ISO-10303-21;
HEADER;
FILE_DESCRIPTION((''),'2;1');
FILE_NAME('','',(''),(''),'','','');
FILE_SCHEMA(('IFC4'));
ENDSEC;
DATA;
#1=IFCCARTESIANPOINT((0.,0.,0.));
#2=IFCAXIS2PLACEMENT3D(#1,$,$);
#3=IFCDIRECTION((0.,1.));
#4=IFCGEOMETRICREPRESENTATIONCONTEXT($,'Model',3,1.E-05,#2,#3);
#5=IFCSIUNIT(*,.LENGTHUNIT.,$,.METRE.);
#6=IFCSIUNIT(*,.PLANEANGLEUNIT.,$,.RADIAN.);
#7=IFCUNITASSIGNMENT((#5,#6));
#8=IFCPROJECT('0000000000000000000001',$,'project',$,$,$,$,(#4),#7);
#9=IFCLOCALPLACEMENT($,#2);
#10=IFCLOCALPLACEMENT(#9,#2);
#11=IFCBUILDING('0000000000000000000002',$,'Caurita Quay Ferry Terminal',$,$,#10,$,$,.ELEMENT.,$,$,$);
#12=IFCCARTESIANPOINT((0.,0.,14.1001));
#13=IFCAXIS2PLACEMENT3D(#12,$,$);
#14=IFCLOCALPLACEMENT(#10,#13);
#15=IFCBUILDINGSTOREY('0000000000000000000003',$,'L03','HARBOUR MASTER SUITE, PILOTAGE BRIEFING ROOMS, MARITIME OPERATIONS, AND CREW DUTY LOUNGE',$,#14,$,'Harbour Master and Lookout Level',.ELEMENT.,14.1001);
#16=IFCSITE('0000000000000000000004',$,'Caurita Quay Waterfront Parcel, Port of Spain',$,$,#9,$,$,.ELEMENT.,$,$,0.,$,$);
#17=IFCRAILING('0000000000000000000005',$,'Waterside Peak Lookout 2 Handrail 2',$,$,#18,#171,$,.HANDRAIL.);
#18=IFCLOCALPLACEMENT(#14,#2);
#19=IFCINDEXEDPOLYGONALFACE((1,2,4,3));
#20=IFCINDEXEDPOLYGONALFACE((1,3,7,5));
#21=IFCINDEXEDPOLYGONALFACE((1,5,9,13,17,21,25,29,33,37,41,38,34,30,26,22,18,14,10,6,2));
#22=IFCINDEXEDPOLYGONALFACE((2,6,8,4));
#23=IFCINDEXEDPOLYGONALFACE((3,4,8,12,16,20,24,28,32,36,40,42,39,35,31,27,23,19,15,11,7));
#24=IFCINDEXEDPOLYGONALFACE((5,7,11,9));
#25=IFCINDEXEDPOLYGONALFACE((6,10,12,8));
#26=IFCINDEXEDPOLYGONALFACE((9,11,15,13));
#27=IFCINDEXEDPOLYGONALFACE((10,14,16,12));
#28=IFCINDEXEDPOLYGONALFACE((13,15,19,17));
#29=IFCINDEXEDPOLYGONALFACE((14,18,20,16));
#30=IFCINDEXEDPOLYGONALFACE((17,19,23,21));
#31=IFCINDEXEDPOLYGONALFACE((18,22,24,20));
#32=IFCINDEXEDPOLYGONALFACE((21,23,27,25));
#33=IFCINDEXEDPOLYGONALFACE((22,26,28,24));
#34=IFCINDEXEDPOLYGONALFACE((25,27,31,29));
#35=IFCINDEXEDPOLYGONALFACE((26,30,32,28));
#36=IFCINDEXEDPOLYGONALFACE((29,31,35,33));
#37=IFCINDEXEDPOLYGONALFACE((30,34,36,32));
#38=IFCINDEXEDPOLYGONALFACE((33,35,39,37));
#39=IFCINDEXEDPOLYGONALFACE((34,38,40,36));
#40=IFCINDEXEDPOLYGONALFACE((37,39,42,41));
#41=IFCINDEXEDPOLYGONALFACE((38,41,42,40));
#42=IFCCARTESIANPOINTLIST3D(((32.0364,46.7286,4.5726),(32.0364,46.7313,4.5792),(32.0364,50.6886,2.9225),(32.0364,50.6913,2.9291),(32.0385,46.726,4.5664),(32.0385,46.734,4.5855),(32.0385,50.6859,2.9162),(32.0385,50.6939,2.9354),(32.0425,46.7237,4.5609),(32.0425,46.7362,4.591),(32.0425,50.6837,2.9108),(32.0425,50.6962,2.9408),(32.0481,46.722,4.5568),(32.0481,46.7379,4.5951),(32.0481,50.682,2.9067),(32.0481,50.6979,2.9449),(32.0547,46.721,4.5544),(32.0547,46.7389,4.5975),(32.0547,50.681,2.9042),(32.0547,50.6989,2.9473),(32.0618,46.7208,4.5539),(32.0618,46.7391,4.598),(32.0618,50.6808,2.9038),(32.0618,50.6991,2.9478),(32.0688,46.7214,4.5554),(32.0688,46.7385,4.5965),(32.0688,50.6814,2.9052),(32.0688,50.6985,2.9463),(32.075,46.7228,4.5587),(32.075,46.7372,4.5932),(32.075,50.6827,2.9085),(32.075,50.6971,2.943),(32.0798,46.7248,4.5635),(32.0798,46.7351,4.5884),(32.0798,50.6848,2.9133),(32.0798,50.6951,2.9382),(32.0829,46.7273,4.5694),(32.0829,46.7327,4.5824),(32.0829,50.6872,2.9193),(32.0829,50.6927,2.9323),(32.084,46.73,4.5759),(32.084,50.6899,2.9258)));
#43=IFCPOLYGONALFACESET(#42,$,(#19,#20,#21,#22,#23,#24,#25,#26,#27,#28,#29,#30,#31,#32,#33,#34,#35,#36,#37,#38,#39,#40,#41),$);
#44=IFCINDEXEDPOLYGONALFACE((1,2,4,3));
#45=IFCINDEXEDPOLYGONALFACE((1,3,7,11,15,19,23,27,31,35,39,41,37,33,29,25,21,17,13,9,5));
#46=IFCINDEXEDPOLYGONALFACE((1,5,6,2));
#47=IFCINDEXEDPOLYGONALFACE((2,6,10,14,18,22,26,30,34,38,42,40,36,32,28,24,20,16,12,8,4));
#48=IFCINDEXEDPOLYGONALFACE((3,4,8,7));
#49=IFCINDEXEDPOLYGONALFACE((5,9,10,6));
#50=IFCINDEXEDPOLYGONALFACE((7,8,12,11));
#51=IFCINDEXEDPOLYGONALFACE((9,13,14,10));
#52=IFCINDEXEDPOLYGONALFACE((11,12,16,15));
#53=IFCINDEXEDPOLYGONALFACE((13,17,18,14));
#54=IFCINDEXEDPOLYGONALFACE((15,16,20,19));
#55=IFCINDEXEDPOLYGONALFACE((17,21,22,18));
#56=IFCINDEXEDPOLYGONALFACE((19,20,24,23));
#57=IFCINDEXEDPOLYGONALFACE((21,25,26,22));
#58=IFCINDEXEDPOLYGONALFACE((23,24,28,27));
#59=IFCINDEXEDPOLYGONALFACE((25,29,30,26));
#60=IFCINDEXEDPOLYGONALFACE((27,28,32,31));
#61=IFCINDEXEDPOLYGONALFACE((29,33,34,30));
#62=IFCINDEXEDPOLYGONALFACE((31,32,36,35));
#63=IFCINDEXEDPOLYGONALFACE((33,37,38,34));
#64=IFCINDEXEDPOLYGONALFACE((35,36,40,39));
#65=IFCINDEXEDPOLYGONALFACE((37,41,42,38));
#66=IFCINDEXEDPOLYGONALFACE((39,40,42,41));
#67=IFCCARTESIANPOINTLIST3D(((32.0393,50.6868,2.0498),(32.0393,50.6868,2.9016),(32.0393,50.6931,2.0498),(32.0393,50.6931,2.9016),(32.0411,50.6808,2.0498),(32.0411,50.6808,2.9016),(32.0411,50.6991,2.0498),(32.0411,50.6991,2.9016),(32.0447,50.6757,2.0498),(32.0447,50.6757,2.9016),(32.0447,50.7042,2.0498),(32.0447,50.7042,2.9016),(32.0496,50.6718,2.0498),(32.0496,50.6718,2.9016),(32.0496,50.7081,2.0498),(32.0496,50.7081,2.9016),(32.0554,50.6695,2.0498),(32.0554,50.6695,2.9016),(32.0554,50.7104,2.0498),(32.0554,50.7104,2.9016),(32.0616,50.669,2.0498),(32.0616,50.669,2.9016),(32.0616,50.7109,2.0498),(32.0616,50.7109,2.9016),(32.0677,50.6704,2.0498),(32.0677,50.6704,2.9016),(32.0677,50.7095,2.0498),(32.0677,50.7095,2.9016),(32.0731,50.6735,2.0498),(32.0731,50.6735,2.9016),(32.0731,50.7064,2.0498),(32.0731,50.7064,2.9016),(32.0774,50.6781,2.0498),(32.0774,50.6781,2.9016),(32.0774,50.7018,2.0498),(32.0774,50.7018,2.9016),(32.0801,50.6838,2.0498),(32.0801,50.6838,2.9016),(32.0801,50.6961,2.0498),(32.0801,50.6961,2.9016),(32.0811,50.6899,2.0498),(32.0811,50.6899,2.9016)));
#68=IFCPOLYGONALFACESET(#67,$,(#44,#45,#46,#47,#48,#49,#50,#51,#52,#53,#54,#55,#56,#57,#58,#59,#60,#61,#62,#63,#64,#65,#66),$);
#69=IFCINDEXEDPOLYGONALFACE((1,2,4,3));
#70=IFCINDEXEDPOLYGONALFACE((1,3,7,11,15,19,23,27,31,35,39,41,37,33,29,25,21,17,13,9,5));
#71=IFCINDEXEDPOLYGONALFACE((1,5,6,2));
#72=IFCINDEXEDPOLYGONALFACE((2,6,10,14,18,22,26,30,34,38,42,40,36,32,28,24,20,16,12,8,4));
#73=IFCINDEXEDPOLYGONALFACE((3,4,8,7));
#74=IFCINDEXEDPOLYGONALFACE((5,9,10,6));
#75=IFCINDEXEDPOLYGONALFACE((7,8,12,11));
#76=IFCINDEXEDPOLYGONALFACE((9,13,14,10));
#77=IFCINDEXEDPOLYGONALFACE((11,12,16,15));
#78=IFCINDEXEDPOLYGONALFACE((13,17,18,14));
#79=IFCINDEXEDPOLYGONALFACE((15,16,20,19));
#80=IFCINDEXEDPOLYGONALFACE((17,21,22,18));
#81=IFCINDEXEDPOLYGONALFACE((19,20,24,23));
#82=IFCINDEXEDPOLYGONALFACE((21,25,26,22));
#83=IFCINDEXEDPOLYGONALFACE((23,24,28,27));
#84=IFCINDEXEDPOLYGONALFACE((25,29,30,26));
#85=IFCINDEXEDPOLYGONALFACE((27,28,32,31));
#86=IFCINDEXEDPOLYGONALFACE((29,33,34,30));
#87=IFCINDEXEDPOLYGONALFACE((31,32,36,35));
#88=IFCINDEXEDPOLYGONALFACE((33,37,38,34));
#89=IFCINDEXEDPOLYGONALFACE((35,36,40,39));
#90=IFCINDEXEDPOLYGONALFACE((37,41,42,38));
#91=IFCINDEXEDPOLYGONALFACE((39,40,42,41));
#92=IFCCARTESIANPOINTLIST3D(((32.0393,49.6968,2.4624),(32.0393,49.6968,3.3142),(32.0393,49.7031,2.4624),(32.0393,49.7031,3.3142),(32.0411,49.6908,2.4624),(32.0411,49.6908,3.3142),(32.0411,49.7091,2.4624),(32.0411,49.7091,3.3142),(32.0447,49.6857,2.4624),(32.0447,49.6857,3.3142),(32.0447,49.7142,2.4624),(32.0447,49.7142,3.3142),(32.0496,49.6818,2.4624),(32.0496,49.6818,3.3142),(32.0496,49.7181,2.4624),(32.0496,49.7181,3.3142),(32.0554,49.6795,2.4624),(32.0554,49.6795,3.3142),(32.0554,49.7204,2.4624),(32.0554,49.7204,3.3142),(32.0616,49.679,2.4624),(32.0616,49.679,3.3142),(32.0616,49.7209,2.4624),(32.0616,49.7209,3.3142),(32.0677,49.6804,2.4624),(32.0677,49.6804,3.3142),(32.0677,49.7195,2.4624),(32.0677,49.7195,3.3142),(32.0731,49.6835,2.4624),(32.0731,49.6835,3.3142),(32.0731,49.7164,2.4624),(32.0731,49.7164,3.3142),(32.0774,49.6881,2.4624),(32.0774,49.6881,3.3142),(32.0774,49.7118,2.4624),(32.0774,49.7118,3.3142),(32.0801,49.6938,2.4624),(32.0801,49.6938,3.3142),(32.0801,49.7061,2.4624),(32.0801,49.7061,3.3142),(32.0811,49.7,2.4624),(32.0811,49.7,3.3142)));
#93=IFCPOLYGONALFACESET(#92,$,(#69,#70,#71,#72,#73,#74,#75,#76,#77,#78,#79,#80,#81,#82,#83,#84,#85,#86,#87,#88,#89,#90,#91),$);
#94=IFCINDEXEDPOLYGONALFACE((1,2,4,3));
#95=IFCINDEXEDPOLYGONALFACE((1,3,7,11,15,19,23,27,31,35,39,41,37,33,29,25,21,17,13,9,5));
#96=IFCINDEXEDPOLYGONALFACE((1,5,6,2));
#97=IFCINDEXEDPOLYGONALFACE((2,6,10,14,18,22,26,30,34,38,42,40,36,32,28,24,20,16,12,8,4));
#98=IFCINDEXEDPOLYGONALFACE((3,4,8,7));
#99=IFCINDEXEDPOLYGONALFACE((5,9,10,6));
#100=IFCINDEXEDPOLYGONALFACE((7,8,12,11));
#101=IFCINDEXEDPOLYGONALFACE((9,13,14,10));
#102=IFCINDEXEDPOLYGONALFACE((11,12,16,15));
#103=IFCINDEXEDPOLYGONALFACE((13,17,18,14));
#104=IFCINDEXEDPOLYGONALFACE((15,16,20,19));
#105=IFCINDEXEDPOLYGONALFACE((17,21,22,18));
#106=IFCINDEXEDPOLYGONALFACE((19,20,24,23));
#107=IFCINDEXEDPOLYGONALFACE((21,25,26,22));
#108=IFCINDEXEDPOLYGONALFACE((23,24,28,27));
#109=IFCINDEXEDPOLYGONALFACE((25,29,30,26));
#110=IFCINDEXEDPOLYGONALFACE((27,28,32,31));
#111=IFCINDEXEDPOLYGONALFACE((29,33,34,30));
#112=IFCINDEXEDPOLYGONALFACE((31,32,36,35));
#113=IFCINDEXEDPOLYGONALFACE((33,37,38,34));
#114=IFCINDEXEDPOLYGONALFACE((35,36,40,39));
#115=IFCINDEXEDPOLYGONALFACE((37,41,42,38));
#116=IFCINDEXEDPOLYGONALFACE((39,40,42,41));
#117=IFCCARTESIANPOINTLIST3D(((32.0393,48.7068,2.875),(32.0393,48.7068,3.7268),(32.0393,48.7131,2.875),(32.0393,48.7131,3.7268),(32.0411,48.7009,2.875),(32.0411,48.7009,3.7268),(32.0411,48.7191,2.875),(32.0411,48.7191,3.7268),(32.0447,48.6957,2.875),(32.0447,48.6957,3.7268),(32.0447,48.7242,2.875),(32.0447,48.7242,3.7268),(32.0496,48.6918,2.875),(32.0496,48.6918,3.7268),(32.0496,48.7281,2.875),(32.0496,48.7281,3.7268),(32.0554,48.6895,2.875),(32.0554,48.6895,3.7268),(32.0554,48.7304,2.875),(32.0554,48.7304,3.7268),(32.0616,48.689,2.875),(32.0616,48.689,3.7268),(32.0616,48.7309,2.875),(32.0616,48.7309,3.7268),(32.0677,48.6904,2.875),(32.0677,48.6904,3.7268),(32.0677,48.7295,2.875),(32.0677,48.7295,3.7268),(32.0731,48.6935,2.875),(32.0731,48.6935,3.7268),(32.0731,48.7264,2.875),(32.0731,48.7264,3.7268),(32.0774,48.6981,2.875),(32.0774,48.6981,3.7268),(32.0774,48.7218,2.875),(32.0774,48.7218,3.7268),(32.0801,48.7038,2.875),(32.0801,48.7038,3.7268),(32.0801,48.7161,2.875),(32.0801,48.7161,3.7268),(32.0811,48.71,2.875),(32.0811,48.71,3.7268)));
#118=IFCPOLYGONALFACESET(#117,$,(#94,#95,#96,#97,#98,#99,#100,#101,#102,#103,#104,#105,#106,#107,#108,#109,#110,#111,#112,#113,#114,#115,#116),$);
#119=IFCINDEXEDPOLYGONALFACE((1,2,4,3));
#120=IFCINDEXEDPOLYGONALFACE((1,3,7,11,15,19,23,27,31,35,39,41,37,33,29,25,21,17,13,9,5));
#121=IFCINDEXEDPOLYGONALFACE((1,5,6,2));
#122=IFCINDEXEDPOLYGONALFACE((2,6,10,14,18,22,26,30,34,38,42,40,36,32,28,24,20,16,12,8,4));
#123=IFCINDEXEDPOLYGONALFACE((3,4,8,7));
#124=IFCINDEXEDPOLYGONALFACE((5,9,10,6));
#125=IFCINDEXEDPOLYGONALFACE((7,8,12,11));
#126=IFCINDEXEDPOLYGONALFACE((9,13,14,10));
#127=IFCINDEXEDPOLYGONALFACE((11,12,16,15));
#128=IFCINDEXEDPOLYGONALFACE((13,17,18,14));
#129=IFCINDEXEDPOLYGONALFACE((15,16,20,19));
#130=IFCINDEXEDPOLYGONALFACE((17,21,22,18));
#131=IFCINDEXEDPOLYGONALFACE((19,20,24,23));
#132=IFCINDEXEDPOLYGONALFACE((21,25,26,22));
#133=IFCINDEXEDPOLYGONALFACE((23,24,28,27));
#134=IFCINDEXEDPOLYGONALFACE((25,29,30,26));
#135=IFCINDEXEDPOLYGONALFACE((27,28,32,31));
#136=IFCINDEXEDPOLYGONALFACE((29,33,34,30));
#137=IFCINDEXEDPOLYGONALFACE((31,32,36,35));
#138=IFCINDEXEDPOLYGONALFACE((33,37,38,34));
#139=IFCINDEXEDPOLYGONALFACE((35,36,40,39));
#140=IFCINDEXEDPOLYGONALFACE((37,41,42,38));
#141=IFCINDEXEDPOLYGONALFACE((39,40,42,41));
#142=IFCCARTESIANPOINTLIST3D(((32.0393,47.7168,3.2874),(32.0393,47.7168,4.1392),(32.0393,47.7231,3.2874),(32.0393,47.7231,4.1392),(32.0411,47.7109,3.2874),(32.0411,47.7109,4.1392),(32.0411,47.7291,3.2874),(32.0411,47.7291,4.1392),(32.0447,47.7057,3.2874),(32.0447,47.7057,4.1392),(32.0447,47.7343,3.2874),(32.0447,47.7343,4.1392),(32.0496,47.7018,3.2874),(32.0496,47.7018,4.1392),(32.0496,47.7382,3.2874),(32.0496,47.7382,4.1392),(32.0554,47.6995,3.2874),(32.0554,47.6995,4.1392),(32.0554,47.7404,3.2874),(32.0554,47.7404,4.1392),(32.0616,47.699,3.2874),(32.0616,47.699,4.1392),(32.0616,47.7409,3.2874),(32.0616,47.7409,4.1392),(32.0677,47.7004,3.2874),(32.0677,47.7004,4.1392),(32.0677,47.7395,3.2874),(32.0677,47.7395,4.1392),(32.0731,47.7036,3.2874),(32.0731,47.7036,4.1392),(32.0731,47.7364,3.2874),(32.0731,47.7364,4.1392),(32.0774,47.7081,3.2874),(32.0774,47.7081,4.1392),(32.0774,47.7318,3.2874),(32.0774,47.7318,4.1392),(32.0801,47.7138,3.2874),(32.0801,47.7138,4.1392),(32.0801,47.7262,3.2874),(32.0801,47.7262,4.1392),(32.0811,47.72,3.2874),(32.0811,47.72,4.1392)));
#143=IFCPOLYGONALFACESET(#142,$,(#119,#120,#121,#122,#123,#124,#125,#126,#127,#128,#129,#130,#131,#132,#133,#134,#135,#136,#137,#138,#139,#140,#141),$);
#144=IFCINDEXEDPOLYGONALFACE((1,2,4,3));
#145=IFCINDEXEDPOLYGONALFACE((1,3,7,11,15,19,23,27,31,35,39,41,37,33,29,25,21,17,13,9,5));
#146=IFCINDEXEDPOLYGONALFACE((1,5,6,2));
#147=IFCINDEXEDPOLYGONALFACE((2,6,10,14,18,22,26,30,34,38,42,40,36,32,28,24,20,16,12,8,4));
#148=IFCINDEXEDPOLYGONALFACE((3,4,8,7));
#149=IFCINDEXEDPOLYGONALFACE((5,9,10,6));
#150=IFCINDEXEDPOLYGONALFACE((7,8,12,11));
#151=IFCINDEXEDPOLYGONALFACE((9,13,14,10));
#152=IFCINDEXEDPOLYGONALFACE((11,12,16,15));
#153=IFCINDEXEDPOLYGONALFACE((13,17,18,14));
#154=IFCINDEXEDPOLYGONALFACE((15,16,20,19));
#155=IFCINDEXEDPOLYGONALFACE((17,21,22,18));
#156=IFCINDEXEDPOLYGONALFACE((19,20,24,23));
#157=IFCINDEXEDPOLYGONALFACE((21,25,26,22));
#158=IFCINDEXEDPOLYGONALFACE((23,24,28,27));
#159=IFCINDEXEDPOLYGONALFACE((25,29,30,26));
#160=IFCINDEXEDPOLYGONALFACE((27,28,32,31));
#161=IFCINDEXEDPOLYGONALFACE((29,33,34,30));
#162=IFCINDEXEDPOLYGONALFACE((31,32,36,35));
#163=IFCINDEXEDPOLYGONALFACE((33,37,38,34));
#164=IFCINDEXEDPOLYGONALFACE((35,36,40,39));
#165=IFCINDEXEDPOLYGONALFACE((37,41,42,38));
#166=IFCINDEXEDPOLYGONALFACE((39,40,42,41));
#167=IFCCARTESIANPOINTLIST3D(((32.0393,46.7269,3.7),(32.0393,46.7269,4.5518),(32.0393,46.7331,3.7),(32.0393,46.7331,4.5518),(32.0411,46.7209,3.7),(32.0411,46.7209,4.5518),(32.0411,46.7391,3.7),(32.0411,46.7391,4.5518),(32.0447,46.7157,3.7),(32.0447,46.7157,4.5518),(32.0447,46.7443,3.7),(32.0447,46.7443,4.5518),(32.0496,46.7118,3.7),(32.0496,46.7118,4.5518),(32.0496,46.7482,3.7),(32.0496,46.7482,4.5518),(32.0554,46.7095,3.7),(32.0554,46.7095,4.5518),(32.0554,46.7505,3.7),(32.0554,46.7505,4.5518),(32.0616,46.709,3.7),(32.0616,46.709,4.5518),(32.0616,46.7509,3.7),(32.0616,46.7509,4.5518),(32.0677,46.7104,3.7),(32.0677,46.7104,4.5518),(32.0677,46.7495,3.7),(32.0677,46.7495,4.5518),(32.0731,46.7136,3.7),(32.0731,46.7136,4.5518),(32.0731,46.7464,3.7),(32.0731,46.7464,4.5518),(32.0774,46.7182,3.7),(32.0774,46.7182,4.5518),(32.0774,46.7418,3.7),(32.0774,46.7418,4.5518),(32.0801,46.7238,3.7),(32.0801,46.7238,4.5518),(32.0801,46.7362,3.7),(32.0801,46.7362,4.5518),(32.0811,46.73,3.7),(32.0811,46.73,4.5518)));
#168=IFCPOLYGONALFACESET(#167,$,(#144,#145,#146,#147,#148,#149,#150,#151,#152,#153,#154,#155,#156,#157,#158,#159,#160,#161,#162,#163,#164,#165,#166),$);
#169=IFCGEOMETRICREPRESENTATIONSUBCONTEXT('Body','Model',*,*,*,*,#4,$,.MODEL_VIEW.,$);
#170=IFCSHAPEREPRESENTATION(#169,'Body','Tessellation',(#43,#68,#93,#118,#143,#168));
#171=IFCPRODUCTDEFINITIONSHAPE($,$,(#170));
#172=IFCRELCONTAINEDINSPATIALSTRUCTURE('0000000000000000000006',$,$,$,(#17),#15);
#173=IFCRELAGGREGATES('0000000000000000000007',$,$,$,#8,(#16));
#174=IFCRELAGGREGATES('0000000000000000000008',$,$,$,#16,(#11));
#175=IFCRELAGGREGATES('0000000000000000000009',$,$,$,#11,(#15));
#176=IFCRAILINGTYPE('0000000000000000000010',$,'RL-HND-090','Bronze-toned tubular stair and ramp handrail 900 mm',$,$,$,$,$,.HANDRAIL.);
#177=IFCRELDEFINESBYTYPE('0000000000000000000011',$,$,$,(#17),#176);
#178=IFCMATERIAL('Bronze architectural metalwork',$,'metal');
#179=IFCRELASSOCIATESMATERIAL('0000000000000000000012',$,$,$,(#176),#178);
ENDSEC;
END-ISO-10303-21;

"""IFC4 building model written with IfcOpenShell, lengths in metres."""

from ifc_helpers import new_model, si_unit, direction, frame, origin, origin_2d, place, context, subcontext, project, spatial, circle, extrude, material, type_object, element, save


model = new_model("IFC4")

# Units and contexts
model_context = context("Model", 3, precision=1e-05, world=origin(), true_north=direction((0.0, 1.0)))
body_context = subcontext(model_context, "Body", "Model", "MODEL_VIEW")
ifc_project = project(units=[si_unit("LENGTHUNIT", "METRE"), si_unit("PLANEANGLEUNIT", "RADIAN")], contexts=[model_context])

# Site, building, storey
site_placement = place(None, origin())
site = spatial("IfcSite", under=ifc_project, at=site_placement, Name="Caurita Quay Waterfront Parcel, Port of Spain", CompositionType="ELEMENT", RefElevation=0.0)
building_placement = place(site_placement, origin())
building = spatial("IfcBuilding", under=site, at=building_placement, Name="Caurita Quay Ferry Terminal", CompositionType="ELEMENT")
storey_placement = place(building_placement, frame((0.0, 0.0, 14.1001)))
storey = spatial("IfcBuildingStorey", under=building, at=storey_placement, Name="L03", Description="HARBOUR MASTER SUITE, PILOTAGE BRIEFING ROOMS, MARITIME OPERATIONS, AND CREW DUTY LOUNGE", LongName="Harbour Master and Lookout Level", CompositionType="ELEMENT", Elevation=14.1001)

# Railing
ifc_material_1 = material(Name="Bronze architectural metalwork", Category="metal")
railing_type_1 = type_object("IfcRailingType", Name="RL-HND-090", Description="Bronze-toned tubular stair and ramp handrail 900 mm", PredefinedType="HANDRAIL", material=ifc_material_1)
railing_1_placement = place(storey_placement, frame((32.0601, 50.6899, 2.0498)))
element("IfcRailing", 1, at=railing_1_placement, inside=storey, type_object=railing_type_1, Name="Waterside Peak Lookout 2 Handrail 2", PredefinedType="HANDRAIL", context=body_context, shape_type="SweptSolid", body=[
    extrude(circle(Radius=0.0239, at=origin_2d()), frame((0.0, 0.0, 0.876), z_axis=(0.0, -0.923063, 0.384648), x_axis=(1.0, 0.0, 0.0)), (0.0, 0.0, 1.0), 4.29),
    extrude(circle(Radius=0.021, at=origin_2d()), origin(), (0.0, 0.0, 1.0), 0.8518),
    extrude(circle(Radius=0.021, at=origin_2d()), frame((0.0, -0.99, 0.4126)), (0.0, 0.0, 1.0), 0.8518),
    extrude(circle(Radius=0.021, at=origin_2d()), frame((0.0, -1.98, 0.8252)), (0.0, 0.0, 1.0), 0.8518),
    extrude(circle(Radius=0.021, at=origin_2d()), frame((0.0, -2.97, 1.2375)), (0.0, 0.0, 1.0), 0.8518),
    extrude(circle(Radius=0.021, at=origin_2d()), frame((0.0, -3.96, 1.6501)), (0.0, 0.0, 1.0), 0.8518),
])

save(model, "model.ifc")
